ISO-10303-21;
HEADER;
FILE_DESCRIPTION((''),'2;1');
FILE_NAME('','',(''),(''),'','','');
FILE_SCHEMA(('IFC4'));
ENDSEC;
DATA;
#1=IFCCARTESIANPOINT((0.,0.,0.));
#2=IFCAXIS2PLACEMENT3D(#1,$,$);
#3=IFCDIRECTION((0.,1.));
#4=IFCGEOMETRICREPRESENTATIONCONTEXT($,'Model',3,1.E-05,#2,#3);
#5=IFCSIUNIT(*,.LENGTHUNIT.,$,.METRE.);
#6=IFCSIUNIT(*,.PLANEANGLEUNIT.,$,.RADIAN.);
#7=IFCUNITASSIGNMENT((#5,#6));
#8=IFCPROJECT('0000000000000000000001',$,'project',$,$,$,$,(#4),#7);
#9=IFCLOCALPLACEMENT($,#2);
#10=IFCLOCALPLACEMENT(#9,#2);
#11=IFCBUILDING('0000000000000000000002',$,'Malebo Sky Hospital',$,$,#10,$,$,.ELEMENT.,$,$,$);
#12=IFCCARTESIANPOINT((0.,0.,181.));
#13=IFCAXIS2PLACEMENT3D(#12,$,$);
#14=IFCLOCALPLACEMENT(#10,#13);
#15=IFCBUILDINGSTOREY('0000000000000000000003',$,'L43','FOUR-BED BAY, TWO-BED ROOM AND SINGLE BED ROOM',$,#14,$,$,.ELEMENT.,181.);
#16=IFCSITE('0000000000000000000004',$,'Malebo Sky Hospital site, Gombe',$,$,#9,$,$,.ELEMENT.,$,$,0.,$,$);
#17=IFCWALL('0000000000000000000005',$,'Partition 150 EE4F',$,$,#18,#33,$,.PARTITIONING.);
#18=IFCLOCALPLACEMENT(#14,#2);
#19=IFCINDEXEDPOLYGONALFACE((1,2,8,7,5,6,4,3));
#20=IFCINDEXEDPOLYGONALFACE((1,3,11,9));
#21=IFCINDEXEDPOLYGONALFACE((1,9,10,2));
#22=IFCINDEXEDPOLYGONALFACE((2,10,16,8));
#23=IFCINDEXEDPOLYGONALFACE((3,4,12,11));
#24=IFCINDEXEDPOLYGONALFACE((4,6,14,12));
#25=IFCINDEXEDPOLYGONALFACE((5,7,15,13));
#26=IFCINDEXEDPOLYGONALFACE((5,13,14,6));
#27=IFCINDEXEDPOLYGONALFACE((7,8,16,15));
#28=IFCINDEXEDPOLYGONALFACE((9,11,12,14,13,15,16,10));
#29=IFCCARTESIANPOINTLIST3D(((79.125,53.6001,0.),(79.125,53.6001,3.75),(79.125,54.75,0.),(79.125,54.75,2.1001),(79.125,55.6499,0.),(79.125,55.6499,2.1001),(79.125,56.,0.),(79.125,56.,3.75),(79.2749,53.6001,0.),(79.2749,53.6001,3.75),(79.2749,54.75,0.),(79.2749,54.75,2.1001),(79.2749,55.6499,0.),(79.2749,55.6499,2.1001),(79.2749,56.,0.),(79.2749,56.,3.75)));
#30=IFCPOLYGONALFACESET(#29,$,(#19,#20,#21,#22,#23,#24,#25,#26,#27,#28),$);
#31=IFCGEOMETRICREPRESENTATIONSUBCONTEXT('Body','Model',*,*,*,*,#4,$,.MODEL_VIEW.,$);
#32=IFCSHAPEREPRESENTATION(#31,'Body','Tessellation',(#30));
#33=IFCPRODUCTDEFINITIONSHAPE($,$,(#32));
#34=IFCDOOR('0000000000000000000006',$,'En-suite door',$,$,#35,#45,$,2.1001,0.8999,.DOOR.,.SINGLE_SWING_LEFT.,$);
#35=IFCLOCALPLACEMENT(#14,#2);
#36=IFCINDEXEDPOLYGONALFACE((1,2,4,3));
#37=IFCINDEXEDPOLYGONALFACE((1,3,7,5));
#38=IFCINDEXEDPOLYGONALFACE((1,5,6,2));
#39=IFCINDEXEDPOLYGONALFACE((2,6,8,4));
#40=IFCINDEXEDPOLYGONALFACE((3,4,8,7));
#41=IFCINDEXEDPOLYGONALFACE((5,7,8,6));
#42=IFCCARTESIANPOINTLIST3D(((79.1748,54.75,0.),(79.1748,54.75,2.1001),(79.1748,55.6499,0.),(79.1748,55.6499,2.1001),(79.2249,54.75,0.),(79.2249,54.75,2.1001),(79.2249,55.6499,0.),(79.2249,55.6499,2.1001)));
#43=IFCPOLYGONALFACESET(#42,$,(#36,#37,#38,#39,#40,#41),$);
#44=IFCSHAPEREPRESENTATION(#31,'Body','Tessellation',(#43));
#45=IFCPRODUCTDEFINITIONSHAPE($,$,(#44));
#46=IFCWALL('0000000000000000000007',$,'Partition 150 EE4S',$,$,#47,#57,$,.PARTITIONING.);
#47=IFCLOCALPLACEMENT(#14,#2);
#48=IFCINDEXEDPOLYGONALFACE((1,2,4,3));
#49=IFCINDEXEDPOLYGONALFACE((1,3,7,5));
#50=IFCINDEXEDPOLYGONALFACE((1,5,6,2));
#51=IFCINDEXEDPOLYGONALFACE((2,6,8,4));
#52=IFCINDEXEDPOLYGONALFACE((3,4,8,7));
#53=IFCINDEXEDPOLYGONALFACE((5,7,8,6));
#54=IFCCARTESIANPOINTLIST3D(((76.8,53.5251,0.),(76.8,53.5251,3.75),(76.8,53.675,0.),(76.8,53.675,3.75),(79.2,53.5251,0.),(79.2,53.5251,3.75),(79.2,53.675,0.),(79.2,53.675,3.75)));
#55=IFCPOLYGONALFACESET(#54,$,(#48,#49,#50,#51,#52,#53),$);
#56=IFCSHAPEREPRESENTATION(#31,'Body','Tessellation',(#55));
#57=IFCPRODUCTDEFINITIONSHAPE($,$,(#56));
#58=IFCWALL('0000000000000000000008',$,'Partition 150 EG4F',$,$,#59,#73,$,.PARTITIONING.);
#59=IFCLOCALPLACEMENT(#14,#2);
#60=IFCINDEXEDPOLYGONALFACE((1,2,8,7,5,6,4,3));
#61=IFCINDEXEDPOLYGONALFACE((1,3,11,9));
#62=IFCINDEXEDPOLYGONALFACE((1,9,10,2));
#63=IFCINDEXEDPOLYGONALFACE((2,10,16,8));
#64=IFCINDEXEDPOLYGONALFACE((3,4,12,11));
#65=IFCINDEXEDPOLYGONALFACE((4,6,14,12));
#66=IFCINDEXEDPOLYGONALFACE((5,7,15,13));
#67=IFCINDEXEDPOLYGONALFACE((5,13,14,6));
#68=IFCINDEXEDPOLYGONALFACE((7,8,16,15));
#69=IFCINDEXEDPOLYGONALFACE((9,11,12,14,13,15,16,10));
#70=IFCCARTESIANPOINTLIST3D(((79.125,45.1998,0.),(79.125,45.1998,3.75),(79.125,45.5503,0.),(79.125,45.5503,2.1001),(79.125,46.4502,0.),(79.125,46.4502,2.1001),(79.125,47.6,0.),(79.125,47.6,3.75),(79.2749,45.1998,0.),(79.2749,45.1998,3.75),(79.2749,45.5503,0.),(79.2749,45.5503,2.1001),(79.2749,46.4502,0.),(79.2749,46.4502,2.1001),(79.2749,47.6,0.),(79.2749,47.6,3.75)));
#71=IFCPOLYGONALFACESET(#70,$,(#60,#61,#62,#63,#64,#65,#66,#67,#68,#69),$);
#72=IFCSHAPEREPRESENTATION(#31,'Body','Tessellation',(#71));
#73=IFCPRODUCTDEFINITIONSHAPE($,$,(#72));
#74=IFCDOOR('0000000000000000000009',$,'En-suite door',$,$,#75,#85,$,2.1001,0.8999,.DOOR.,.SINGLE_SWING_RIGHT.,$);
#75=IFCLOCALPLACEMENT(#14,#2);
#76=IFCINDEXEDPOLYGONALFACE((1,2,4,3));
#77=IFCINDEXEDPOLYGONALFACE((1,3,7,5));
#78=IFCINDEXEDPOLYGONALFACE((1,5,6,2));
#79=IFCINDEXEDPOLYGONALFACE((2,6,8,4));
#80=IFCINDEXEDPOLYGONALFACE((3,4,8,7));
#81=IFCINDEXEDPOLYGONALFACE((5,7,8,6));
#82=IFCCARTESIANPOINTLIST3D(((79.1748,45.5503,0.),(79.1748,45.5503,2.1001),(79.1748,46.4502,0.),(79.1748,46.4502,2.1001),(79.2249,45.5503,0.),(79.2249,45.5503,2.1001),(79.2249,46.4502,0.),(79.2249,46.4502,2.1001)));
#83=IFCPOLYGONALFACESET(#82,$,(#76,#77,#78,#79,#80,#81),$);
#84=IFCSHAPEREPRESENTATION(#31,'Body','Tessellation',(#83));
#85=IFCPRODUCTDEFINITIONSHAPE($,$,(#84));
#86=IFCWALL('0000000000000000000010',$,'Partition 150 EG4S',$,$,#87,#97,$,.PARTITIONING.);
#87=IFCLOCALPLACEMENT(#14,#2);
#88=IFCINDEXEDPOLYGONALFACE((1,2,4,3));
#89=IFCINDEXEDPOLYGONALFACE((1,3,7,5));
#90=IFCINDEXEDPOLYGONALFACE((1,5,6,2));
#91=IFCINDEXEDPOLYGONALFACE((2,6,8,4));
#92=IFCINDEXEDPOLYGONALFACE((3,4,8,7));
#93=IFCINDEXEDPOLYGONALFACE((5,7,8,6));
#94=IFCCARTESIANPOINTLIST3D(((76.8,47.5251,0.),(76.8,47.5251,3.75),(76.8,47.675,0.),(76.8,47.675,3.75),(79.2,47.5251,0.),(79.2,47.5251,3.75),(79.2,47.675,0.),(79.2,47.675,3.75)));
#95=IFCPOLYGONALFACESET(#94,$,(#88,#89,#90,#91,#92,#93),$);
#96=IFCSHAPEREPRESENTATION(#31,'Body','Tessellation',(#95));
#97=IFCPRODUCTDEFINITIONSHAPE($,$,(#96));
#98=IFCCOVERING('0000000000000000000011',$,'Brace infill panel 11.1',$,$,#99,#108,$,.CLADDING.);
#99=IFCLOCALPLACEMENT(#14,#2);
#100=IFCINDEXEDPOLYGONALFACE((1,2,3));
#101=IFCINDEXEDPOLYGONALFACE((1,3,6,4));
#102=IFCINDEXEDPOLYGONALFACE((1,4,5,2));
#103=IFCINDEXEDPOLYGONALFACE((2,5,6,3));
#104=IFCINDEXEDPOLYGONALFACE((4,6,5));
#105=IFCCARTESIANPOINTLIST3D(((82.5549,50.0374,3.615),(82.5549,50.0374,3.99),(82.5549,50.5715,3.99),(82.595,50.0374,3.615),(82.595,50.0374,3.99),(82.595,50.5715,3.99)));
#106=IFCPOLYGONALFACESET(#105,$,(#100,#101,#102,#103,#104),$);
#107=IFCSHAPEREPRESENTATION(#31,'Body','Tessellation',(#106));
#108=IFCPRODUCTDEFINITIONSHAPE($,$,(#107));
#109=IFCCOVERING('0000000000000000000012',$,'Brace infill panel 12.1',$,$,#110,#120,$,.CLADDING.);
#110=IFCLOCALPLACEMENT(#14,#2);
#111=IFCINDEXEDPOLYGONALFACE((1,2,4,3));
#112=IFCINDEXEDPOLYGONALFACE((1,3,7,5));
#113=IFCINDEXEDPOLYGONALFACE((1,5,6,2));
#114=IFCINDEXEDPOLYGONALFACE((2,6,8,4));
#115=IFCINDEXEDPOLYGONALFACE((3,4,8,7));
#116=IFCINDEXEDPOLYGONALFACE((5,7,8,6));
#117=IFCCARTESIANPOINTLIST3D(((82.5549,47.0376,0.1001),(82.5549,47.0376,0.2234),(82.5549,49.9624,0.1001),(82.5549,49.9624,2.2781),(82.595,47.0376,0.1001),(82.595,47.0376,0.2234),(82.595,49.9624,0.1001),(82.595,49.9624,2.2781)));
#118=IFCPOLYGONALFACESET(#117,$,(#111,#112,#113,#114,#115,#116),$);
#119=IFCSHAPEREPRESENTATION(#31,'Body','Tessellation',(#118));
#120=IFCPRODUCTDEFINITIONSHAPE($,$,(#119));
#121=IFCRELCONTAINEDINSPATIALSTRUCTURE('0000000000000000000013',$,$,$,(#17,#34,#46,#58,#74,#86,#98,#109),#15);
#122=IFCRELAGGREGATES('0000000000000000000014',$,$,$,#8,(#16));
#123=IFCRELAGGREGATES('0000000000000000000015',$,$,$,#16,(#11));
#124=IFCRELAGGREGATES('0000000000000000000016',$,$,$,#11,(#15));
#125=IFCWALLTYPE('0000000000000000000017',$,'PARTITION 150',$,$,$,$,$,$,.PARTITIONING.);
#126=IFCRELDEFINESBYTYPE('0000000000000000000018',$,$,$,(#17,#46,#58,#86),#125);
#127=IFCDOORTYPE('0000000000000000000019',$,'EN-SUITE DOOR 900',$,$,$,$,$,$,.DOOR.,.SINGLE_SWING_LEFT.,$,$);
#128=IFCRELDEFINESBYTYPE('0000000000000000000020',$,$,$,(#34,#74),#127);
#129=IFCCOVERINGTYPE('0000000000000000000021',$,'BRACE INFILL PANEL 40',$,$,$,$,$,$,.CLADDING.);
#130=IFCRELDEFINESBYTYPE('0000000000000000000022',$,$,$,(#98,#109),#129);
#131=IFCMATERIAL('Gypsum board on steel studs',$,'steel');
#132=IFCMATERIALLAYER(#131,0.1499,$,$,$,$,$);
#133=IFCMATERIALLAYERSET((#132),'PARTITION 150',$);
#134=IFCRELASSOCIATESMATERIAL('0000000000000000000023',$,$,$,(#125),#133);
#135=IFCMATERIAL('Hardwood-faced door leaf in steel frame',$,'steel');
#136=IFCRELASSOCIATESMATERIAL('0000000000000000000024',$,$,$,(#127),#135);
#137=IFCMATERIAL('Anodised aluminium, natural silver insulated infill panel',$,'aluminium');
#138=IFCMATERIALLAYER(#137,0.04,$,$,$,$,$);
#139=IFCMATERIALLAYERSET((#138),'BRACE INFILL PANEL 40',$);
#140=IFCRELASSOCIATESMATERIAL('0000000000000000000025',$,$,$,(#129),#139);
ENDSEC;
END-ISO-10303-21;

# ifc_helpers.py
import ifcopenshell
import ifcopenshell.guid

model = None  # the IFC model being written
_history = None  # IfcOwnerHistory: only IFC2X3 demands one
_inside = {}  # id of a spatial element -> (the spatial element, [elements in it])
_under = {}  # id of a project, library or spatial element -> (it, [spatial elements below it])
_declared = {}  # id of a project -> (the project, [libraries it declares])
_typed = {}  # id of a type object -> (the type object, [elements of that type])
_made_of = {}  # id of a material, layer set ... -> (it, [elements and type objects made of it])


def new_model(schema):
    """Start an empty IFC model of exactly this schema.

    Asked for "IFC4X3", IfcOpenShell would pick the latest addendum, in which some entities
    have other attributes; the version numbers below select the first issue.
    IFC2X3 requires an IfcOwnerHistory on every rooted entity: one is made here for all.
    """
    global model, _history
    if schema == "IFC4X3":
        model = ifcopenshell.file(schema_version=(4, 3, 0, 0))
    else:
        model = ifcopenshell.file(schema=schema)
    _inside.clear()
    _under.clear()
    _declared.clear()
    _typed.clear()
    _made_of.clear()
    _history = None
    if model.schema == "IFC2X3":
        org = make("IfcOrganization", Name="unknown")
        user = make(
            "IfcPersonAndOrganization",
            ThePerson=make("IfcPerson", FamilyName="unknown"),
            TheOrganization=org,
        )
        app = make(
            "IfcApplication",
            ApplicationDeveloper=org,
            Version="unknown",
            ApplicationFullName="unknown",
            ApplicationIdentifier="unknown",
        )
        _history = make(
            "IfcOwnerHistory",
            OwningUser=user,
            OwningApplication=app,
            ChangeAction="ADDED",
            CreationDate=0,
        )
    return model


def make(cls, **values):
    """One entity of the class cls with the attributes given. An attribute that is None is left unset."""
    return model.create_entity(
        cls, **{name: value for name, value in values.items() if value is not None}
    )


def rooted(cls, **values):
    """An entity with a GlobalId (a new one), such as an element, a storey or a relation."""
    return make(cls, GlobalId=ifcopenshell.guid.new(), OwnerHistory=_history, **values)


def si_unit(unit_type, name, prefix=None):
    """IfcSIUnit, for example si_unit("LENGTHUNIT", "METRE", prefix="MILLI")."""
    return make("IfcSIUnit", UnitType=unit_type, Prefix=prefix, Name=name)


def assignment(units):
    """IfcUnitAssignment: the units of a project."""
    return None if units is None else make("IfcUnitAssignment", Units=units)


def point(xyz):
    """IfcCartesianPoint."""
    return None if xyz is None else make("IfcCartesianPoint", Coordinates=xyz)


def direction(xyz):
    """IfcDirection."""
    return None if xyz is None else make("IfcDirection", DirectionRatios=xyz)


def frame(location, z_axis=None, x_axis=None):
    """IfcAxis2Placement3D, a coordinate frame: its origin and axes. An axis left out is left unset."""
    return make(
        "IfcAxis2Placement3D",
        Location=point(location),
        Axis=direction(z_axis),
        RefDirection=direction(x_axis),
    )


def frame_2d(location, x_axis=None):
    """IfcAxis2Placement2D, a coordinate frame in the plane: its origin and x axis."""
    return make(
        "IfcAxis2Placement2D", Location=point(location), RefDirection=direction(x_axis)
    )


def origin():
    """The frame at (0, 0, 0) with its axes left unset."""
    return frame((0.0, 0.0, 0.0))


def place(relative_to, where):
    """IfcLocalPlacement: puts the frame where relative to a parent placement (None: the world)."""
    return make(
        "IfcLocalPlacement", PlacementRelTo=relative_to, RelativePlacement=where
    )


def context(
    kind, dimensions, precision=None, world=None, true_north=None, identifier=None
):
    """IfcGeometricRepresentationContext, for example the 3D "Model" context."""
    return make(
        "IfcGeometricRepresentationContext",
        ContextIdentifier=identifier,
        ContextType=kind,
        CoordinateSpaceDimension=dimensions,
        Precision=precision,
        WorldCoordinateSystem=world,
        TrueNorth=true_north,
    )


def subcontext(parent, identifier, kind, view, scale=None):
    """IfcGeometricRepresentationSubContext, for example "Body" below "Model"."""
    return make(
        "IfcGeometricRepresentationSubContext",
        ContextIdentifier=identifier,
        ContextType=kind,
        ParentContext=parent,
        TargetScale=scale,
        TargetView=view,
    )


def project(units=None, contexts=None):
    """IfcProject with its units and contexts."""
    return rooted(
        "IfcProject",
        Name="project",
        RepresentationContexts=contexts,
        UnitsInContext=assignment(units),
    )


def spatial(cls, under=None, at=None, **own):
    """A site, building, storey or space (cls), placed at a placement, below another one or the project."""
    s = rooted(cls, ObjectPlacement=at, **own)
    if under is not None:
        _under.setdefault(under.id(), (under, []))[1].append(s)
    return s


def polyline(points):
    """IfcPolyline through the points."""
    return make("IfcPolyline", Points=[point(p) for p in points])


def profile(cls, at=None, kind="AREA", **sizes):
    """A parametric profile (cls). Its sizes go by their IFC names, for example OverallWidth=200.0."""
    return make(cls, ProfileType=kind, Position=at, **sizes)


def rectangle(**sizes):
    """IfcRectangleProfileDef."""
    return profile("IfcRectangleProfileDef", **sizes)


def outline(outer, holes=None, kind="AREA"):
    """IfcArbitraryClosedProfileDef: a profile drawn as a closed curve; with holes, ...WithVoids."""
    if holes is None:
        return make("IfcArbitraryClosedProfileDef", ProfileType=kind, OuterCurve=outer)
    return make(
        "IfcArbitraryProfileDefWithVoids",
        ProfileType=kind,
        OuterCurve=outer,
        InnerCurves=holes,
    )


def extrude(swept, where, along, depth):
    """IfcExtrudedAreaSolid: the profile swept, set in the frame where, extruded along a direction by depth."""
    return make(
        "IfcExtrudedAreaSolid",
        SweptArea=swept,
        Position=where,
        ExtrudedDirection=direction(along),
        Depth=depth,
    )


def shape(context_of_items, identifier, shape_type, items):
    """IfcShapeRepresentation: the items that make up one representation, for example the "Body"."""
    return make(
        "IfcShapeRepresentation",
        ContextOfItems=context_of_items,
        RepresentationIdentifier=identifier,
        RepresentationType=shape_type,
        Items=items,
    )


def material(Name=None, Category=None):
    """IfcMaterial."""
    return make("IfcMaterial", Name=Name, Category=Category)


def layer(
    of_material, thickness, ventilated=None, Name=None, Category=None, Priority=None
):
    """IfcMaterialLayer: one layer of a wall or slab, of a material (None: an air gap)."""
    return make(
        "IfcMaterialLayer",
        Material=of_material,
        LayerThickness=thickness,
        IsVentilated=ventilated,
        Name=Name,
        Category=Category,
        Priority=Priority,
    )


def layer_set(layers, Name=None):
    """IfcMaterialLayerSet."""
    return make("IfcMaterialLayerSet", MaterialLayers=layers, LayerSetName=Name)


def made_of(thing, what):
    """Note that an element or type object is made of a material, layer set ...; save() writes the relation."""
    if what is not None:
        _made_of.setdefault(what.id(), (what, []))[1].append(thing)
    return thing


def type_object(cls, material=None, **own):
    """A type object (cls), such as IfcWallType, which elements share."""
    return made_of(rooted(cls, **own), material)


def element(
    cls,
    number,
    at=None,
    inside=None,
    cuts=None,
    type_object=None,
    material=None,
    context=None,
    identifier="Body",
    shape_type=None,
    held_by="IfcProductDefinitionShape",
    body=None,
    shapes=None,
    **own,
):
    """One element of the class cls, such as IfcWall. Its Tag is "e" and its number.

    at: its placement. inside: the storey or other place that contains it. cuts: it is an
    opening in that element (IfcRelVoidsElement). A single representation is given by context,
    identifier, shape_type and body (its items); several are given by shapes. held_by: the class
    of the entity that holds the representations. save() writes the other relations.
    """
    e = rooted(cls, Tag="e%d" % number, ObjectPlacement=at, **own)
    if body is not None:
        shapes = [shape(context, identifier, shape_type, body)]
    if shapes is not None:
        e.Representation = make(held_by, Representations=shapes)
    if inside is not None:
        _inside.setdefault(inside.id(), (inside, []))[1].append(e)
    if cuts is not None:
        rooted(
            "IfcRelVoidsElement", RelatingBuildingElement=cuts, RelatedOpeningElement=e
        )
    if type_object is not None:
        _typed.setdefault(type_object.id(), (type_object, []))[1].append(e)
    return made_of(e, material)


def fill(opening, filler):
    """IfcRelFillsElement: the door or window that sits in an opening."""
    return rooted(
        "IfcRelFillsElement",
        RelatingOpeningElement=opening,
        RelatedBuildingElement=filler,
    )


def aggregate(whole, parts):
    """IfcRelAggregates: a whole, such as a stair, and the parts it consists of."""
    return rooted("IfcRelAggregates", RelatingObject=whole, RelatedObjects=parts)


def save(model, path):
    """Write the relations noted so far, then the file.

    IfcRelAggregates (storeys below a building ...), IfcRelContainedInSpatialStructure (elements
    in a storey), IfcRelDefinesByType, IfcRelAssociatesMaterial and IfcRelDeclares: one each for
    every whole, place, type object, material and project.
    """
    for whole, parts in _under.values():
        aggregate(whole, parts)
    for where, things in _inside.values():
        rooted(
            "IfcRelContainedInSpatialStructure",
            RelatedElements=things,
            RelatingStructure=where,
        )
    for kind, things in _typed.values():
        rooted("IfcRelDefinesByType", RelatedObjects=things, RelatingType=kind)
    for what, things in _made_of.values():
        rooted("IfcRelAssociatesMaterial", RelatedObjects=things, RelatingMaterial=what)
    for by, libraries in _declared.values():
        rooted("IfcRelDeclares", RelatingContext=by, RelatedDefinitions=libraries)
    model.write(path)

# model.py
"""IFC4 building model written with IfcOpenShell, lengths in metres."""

from ifc_helpers import new_model, si_unit, direction, frame, frame_2d, origin, place, context, subcontext, project, spatial, polyline, rectangle, outline, extrude, material, layer, layer_set, type_object, element, fill, save


model = new_model("IFC4")

# Units and contexts
model_context = context("Model", 3, precision=1e-05, world=origin(), true_north=direction((0.0, 1.0)))
body_context = subcontext(model_context, "Body", "Model", "MODEL_VIEW")
ifc_project = project(units=[si_unit("LENGTHUNIT", "METRE"), si_unit("PLANEANGLEUNIT", "RADIAN")], contexts=[model_context])

# Site, building, storey
site_placement = place(None, origin())
site = spatial("IfcSite", under=ifc_project, at=site_placement, Name="Malebo Sky Hospital site, Gombe", CompositionType="ELEMENT", RefElevation=0.0)
building_placement = place(site_placement, origin())
building = spatial("IfcBuilding", under=site, at=building_placement, Name="Malebo Sky Hospital", CompositionType="ELEMENT")
storey_placement = place(building_placement, frame((0.0, 0.0, 181.0)))
storey = spatial("IfcBuildingStorey", under=building, at=storey_placement, Name="L43", Description="FOUR-BED BAY, TWO-BED ROOM AND SINGLE BED ROOM", CompositionType="ELEMENT", Elevation=181.0)

# Shared definitions
ifc_material_1 = material(Name="Gypsum board on steel studs", Category="steel")
ifc_layer_1 = layer(ifc_material_1, 0.1499)
ifc_layer_set_1 = layer_set([ifc_layer_1], Name="PARTITION 150")
wall_type_1 = type_object("IfcWallType", Name="PARTITION 150", PredefinedType="PARTITIONING", material=ifc_layer_set_1)

# Wall, opening, door
wall_1_placement = place(storey_placement, frame((79.2, 56.0, 0.0), z_axis=(0.0, 0.0, 1.0), x_axis=(0.0, -1.0, 0.0)))
wall_1 = element("IfcWall", 1, at=wall_1_placement, inside=storey, type_object=wall_type_1, Name="Partition 150 EE4F", PredefinedType="PARTITIONING", context=body_context, shape_type="SweptSolid", body=[
    extrude(rectangle(XDim=2.3999, YDim=0.1499, at=frame_2d((1.2, 0.0))), origin(), (0.0, 0.0, 1.0), 3.75),
])
opening_1_placement = place(wall_1_placement, frame((0.3501, 0.0, 0.0)))
opening_1 = element("IfcOpeningElement", 2, at=opening_1_placement, cuts=wall_1, PredefinedType="OPENING", context=body_context, shape_type="SweptSolid", body=[
    extrude(rectangle(XDim=0.8999, YDim=2.1001, at=frame_2d((0.45, 1.05))), frame((0.0, 0.085, 0.0), z_axis=(0.0, -1.0, 0.0), x_axis=(1.0, 0.0, 0.0)), (0.0, 0.0, 1.0), 0.1699),
])
ifc_material_2 = material(Name="Hardwood-faced door leaf in steel frame", Category="steel")
door_type = type_object("IfcDoorType", Name="EN-SUITE DOOR 900", OperationType="SINGLE_SWING_LEFT", PredefinedType="DOOR", material=ifc_material_2)
door_1_placement = place(opening_1_placement, origin())
door_1 = element("IfcDoor", 3, at=door_1_placement, inside=storey, type_object=door_type, Name="En-suite door", OperationType="SINGLE_SWING_LEFT", OverallHeight=2.1001, OverallWidth=0.8999, PredefinedType="DOOR", context=body_context, shape_type="SweptSolid", body=[
    extrude(rectangle(XDim=0.8999, YDim=2.1001, at=frame_2d((0.45, 1.05))), frame((0.0, 0.0249, 0.0), z_axis=(0.0, -1.0, 0.0), x_axis=(1.0, 0.0, 0.0)), (0.0, 0.0, 1.0), 0.05),
])
fill(opening_1, door_1)

# Wall
wall_2_placement = place(storey_placement, frame((76.8, 53.6001, 0.0), z_axis=(0.0, 0.0, 1.0), x_axis=(1.0, 0.0, 0.0)))
element("IfcWall", 4, at=wall_2_placement, inside=storey, type_object=wall_type_1, Name="Partition 150 EE4S", PredefinedType="PARTITIONING", context=body_context, shape_type="SweptSolid", body=[
    extrude(rectangle(XDim=2.3999, YDim=0.1499, at=frame_2d((1.2, 0.0))), origin(), (0.0, 0.0, 1.0), 3.75),
])

# Wall, opening, door
wall_3_placement = place(storey_placement, frame((79.2, 47.6001, 0.0), z_axis=(0.0, 0.0, 1.0), x_axis=(0.0, -1.0, 0.0)))
wall_3 = element("IfcWall", 5, at=wall_3_placement, inside=storey, type_object=wall_type_1, Name="Partition 150 EG4F", PredefinedType="PARTITIONING", context=body_context, shape_type="SweptSolid", body=[
    extrude(rectangle(XDim=2.4001, YDim=0.1499, at=frame_2d((1.2002, 0.0))), origin(), (0.0, 0.0, 1.0), 3.75),
])
opening_2_placement = place(wall_3_placement, frame((1.1499, 0.0, 0.0)))
opening_2 = element("IfcOpeningElement", 6, at=opening_2_placement, cuts=wall_3, PredefinedType="OPENING", context=body_context, shape_type="SweptSolid", body=[
    extrude(rectangle(XDim=0.8999, YDim=2.1001, at=frame_2d((0.45, 1.05))), frame((0.0, 0.085, 0.0), z_axis=(0.0, -1.0, 0.0), x_axis=(1.0, 0.0, 0.0)), (0.0, 0.0, 1.0), 0.1699),
])
door_2_placement = place(opening_2_placement, origin())
door_2 = element("IfcDoor", 7, at=door_2_placement, inside=storey, type_object=door_type, Name="En-suite door", OperationType="SINGLE_SWING_RIGHT", OverallHeight=2.1001, OverallWidth=0.8999, PredefinedType="DOOR", context=body_context, shape_type="SweptSolid", body=[
    extrude(rectangle(XDim=0.8999, YDim=2.1001, at=frame_2d((0.45, 1.05))), frame((0.0, 0.0249, 0.0), z_axis=(0.0, -1.0, 0.0), x_axis=(1.0, 0.0, 0.0)), (0.0, 0.0, 1.0), 0.05),
])
fill(opening_2, door_2)

# Wall
wall_4_placement = place(storey_placement, frame((76.8, 47.6001, 0.0), z_axis=(0.0, 0.0, 1.0), x_axis=(1.0, 0.0, 0.0)))
element("IfcWall", 8, at=wall_4_placement, inside=storey, type_object=wall_type_1, Name="Partition 150 EG4S", PredefinedType="PARTITIONING", context=body_context, shape_type="SweptSolid", body=[
    extrude(rectangle(XDim=2.3999, YDim=0.1499, at=frame_2d((1.2, 0.0))), origin(), (0.0, 0.0, 1.0), 3.75),
])

# Coverings
ifc_material_3 = material(Name="Anodised aluminium, natural silver insulated infill panel", Category="aluminium")
ifc_layer_2 = layer(ifc_material_3, 0.04)
ifc_layer_set_2 = layer_set([ifc_layer_2], Name="BRACE INFILL PANEL 40")
covering_type = type_object("IfcCoveringType", Name="BRACE INFILL PANEL 40", PredefinedType="CLADDING", material=ifc_layer_set_2)
covering_1_placement = place(storey_placement, frame((82.575, 50.3044, 3.615), z_axis=(0.0, 0.0, 1.0), x_axis=(0.0, -1.0, 0.0)))
element("IfcCovering", 9, at=covering_1_placement, inside=storey, type_object=covering_type, Name="Brace infill panel 11.1", PredefinedType="CLADDING", context=body_context, shape_type="SweptSolid", body=[
    extrude(outline(polyline([(0.2671, 0.0), (0.2671, 0.375), (-0.2671, 0.375), (0.2671, 0.0)])), frame((0.0, 0.02, 0.0), z_axis=(0.0, -1.0, 0.0), x_axis=(1.0, 0.0, 0.0)), (0.0, 0.0, 1.0), 0.04),
])
covering_2_placement = place(storey_placement, frame((82.575, 48.5, 0.1001), z_axis=(0.0, 0.0, 1.0), x_axis=(0.0, -1.0, 0.0)))
element("IfcCovering", 10, at=covering_2_placement, inside=storey, type_object=covering_type, Name="Brace infill panel 12.1", PredefinedType="CLADDING", context=body_context, shape_type="SweptSolid", body=[
    extrude(outline(polyline([(-1.4624, 0.0), (1.4624, 0.0), (1.4624, 0.1233), (-1.4624, 2.178), (-1.4624, 0.0)])), frame((0.0, 0.02, 0.0), z_axis=(0.0, -1.0, 0.0), x_axis=(1.0, 0.0, 0.0)), (0.0, 0.0, 1.0), 0.04),
])

save(model, "model.ifc")
